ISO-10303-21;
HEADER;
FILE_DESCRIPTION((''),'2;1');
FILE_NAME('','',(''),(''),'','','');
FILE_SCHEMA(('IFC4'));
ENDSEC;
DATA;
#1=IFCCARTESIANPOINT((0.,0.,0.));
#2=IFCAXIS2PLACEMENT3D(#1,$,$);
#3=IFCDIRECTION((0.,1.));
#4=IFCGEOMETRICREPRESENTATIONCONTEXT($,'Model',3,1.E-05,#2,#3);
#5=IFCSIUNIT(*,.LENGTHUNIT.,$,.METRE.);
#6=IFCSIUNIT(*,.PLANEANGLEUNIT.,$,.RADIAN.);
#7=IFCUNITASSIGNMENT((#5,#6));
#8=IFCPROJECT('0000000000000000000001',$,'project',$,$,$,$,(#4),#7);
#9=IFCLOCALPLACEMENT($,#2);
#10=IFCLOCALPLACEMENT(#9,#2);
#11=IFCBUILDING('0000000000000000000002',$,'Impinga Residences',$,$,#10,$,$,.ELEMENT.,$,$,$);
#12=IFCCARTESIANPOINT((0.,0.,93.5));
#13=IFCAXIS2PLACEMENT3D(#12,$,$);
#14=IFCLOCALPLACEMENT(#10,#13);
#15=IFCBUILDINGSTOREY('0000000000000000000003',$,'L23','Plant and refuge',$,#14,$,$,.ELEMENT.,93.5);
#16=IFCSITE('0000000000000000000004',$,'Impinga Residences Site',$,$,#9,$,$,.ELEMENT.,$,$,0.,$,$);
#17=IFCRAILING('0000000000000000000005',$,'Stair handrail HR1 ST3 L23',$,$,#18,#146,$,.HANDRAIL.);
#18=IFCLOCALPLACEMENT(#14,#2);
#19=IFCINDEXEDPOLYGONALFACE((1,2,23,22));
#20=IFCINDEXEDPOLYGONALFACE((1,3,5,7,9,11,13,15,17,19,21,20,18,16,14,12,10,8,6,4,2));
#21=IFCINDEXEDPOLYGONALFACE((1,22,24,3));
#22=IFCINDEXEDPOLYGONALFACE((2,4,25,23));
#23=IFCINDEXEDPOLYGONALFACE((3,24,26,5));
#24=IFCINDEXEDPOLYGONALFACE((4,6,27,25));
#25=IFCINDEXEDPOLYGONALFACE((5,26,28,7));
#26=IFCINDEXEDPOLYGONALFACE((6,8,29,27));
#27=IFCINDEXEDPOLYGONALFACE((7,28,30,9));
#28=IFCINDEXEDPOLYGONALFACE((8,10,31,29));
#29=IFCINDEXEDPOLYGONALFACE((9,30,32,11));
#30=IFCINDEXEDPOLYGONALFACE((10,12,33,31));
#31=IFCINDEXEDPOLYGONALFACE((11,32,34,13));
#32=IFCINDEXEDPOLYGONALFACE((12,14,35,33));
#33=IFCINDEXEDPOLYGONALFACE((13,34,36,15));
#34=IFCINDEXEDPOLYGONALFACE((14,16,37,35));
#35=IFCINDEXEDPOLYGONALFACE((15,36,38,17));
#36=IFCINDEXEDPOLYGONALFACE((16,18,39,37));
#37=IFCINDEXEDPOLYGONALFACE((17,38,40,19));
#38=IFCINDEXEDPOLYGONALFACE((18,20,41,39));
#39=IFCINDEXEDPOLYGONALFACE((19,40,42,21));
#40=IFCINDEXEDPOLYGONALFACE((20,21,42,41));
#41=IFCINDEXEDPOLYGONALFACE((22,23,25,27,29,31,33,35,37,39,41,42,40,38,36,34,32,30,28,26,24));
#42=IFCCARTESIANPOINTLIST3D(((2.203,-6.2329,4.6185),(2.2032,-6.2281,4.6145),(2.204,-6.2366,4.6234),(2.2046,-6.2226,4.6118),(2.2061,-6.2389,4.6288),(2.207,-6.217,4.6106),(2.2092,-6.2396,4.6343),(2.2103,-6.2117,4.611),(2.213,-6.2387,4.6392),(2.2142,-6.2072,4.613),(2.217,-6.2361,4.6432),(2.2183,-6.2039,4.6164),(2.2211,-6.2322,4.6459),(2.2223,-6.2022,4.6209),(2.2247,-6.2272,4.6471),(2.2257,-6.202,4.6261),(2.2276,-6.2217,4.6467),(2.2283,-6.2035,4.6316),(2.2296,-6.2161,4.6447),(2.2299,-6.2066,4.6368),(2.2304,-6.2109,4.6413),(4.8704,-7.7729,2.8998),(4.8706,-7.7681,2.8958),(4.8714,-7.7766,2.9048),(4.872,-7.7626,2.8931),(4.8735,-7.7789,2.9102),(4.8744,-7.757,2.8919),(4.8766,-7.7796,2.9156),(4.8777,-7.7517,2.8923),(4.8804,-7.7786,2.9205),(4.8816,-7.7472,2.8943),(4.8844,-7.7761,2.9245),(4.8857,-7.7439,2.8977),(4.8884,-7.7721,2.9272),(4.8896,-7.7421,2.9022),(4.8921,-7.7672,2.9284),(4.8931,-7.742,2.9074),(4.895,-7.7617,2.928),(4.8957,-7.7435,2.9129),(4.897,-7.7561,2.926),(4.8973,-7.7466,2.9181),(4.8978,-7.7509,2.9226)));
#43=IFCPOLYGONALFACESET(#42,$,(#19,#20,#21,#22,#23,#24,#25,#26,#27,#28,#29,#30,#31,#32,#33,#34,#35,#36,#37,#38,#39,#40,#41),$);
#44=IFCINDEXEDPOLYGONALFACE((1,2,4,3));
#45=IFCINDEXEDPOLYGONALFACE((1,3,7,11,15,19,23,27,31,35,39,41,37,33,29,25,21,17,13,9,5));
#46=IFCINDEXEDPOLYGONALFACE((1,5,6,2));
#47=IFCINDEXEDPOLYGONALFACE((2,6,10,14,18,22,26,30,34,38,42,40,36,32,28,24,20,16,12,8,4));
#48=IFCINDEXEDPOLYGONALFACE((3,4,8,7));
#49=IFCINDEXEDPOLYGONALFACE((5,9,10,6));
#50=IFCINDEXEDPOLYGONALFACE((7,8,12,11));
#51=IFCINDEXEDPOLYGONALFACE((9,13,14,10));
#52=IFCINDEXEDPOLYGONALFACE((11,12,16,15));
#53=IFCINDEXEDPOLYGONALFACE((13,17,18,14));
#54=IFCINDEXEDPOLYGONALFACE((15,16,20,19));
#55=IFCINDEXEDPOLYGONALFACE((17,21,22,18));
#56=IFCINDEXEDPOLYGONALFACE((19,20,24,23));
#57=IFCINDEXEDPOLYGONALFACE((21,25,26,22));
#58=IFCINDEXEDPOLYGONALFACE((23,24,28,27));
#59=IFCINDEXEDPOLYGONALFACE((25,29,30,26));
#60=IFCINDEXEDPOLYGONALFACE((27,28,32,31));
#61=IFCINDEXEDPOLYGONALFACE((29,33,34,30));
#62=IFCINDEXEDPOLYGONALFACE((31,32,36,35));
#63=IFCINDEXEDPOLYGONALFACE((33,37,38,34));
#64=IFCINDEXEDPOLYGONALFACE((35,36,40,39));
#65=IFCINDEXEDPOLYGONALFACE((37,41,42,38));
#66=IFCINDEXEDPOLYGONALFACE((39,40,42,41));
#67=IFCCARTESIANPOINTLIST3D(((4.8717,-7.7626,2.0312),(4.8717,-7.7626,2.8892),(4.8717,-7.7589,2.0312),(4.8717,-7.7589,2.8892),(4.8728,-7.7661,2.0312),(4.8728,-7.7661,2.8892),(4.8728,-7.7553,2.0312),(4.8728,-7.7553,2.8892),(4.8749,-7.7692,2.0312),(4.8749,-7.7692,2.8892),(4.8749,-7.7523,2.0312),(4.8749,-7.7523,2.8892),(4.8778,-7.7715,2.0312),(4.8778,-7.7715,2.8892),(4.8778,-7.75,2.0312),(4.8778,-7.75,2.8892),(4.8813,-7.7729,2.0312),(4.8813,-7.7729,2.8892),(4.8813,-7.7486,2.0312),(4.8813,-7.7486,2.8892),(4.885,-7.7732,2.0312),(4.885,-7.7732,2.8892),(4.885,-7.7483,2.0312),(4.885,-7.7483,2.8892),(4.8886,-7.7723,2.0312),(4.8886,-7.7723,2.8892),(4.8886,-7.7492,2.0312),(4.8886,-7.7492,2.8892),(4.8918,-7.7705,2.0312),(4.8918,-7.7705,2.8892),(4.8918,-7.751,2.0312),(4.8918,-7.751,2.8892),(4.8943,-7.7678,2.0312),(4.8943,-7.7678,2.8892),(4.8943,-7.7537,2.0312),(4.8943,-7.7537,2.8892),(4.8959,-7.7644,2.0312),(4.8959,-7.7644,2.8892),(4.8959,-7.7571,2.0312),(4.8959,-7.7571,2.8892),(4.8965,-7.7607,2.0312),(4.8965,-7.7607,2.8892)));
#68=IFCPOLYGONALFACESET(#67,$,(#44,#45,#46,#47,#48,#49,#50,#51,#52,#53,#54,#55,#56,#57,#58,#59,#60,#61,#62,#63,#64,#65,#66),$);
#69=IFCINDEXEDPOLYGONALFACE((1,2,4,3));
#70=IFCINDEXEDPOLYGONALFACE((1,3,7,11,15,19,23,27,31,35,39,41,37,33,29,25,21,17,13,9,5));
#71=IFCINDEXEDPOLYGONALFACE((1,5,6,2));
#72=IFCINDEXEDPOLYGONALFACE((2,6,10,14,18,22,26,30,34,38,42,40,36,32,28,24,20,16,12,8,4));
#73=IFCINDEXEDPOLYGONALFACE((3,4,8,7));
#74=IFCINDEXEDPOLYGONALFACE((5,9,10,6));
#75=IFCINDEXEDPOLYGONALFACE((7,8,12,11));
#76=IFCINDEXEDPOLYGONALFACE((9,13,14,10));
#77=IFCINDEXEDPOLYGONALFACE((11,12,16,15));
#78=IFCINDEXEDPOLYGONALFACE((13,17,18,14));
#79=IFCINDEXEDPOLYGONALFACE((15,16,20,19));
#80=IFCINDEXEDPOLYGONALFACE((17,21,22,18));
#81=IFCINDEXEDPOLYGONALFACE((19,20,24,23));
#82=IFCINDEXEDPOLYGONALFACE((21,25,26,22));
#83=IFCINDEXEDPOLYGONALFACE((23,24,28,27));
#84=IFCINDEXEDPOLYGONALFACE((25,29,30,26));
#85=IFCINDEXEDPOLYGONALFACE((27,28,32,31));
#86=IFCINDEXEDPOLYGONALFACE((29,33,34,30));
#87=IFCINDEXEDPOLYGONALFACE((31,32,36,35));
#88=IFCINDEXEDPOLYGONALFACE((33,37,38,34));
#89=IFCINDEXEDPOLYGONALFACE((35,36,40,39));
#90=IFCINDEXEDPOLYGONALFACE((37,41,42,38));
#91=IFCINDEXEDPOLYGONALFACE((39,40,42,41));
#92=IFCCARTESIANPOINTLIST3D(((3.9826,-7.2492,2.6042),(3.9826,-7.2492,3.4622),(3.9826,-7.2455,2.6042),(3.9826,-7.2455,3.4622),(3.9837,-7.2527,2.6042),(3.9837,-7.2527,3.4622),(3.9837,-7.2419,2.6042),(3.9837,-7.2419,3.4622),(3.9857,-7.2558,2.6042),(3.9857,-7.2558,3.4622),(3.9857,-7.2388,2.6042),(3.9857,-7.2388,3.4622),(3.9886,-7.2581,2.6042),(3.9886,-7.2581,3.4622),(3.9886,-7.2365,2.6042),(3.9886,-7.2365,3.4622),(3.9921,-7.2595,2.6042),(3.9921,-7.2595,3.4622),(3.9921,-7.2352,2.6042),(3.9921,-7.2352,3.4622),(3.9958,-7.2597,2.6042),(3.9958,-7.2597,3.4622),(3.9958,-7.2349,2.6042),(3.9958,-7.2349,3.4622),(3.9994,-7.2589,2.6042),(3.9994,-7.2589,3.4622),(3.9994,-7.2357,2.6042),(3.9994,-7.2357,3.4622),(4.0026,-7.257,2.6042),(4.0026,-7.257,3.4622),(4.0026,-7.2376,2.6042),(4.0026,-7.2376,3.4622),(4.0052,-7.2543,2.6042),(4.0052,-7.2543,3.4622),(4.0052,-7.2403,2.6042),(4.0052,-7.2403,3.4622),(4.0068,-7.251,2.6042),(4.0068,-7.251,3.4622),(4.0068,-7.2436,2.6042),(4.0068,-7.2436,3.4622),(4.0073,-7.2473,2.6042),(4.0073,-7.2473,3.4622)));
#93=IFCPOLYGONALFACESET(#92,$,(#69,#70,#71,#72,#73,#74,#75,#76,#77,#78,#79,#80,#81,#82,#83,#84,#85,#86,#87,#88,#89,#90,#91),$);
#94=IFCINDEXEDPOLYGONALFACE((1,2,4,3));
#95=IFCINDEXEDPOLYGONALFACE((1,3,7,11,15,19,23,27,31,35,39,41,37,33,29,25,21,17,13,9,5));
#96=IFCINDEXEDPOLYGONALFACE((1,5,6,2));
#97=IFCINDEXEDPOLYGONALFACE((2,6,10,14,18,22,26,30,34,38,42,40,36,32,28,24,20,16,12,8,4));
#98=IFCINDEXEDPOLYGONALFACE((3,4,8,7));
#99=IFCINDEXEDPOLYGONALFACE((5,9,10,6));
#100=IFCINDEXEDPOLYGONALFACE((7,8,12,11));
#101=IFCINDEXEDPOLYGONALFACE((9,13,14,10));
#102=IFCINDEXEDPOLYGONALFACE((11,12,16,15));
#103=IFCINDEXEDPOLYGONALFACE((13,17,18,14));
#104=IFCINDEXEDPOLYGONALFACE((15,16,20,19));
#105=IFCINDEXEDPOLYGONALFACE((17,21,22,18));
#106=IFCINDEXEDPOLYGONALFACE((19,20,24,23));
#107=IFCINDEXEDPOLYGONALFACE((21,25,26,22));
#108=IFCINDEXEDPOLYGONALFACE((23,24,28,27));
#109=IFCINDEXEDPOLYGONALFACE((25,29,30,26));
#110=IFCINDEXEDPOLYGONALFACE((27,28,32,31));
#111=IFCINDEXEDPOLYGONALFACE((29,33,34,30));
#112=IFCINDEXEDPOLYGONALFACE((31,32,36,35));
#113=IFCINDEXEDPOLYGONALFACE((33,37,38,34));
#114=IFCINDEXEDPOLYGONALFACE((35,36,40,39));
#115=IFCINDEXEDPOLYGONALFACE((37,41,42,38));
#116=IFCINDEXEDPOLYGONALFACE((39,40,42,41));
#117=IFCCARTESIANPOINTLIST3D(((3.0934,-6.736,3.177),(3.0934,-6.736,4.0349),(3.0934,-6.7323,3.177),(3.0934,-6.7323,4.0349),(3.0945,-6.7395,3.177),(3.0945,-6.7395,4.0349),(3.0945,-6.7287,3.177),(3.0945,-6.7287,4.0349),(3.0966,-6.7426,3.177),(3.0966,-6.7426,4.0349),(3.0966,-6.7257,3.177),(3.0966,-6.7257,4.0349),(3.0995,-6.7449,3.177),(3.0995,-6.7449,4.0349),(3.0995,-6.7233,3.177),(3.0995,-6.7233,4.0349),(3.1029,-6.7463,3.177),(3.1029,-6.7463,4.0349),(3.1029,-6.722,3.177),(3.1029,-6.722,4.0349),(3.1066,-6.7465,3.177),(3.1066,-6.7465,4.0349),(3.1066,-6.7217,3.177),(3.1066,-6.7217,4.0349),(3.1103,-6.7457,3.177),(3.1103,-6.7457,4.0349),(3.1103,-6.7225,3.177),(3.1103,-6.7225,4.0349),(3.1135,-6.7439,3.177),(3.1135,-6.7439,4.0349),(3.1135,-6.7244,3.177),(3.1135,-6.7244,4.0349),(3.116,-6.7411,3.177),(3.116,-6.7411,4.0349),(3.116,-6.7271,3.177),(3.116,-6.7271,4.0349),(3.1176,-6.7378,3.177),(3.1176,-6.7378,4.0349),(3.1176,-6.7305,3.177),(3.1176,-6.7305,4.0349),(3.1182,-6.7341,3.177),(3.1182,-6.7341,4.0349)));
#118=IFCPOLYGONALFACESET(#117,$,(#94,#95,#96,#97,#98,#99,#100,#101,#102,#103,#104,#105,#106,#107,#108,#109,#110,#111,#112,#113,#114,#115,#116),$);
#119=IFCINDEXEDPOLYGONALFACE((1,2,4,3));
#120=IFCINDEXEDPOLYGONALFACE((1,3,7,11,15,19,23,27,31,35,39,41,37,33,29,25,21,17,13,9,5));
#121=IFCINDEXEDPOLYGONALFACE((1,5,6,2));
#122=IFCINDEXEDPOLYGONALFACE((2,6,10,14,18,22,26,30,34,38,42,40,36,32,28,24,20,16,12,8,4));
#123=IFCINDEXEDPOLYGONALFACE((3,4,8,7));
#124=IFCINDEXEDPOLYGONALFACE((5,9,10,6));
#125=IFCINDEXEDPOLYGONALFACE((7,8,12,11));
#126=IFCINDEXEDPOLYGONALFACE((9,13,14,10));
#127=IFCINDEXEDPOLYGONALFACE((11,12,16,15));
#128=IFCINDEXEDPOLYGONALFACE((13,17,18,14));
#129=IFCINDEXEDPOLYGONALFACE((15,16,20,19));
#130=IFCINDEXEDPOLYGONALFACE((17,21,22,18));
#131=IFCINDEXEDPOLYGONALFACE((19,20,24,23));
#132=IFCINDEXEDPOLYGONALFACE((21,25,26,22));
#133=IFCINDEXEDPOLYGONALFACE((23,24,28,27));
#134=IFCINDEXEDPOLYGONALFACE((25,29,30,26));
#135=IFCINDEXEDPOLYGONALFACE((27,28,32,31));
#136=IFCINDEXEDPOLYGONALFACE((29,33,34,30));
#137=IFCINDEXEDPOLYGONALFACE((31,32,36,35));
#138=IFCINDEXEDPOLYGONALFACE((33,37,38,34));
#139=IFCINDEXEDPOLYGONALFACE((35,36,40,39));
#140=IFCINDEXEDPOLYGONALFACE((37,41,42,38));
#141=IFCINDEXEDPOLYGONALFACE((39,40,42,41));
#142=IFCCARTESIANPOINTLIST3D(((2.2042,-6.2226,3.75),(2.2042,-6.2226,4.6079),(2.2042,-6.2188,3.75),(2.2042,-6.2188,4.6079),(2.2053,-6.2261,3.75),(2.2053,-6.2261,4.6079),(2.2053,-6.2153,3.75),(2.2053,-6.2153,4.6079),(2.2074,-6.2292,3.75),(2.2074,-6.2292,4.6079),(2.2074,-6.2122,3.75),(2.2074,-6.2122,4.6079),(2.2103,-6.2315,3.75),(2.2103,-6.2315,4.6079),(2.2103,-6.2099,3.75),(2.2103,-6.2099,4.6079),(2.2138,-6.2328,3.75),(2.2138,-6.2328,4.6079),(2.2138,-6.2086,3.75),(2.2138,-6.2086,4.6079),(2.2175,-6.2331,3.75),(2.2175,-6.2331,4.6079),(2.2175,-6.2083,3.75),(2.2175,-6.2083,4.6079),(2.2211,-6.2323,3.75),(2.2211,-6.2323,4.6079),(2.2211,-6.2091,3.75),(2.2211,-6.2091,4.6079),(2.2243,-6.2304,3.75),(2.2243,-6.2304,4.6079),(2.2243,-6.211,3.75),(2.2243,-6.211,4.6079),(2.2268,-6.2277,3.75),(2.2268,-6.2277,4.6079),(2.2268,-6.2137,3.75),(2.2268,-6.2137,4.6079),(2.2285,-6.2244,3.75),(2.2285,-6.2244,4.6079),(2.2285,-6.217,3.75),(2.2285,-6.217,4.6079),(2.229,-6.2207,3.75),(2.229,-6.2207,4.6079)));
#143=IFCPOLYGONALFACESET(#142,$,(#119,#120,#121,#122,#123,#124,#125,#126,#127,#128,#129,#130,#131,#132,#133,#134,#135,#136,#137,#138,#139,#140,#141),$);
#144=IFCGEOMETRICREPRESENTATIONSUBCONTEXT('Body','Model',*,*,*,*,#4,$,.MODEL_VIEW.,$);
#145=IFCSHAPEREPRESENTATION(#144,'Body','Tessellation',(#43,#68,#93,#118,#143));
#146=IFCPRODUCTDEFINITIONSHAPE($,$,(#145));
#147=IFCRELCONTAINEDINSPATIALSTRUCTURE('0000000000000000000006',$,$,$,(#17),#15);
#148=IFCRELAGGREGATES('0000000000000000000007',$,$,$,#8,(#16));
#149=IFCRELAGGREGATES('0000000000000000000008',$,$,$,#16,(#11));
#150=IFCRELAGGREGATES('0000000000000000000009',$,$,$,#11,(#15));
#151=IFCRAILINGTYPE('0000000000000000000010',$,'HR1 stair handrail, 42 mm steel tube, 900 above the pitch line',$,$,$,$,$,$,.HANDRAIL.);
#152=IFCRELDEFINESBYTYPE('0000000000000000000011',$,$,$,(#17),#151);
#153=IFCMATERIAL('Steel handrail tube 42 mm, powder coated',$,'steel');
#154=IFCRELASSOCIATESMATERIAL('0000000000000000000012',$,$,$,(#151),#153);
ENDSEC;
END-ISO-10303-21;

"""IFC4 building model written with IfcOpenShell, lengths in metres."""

from ifc_helpers import new_model, si_unit, direction, frame, origin, origin_2d, place, context, subcontext, project, spatial, circle, extrude, material, type_object, element, save


model = new_model("IFC4")

# Units and contexts
model_context = context("Model", 3, precision=1e-05, world=origin(), true_north=direction((0.0, 1.0)))
body_context = subcontext(model_context, "Body", "Model", "MODEL_VIEW")
ifc_project = project(units=[si_unit("LENGTHUNIT", "METRE"), si_unit("PLANEANGLEUNIT", "RADIAN")], contexts=[model_context])

# Site, building, storey
site_placement = place(None, origin())
site = spatial("IfcSite", under=ifc_project, at=site_placement, Name="Impinga Residences Site", CompositionType="ELEMENT", RefElevation=0.0)
building_placement = place(site_placement, origin())
building = spatial("IfcBuilding", under=site, at=building_placement, Name="Impinga Residences", CompositionType="ELEMENT")
storey_placement = place(building_placement, frame((0.0, 0.0, 93.5)))
storey = spatial("IfcBuildingStorey", under=building, at=storey_placement, Name="L23", Description="Plant and refuge", CompositionType="ELEMENT", Elevation=93.5)

# Railing
ifc_material_1 = material(Name="Steel handrail tube 42 mm, powder coated", Category="steel")
railing_type_1 = type_object("IfcRailingType", Name="HR1 stair handrail, 42 mm steel tube, 900 above the pitch line", PredefinedType="HANDRAIL", material=ifc_material_1)
for number, where, name in (
    (1, (4.884, -7.7607, 2.0312), "Stair handrail HR1 ST3 L23"),
):
    element("IfcRailing", number, at=place(storey_placement, frame(where)), inside=storey, type_object=railing_type_1, Name=name, PredefinedType="HANDRAIL", context=body_context, shape_type="SweptSolid", body=[
        extrude(circle(Radius=0.021, at=origin_2d()), frame((0.0, 0.0, 0.8789), z_axis=(-0.756256, 0.436616, 0.487282), x_axis=(-0.499992, -0.86603, 0.0)), (0.0, 0.0, 1.0), 3.5271),
        extrude(circle(Radius=0.0125, at=origin_2d()), origin(), (0.0, 0.0, 1.0), 0.8579),
        extrude(circle(Radius=0.0125, at=origin_2d()), frame((-0.8892, 0.5134, 0.573)), (0.0, 0.0, 1.0), 0.8579),
        extrude(circle(Radius=0.0125, at=origin_2d()), frame((-1.7783, 1.0266, 1.1458)), (0.0, 0.0, 1.0), 0.8579),
        extrude(circle(Radius=0.0125, at=origin_2d()), frame((-2.6675, 1.54, 1.7188)), (0.0, 0.0, 1.0), 0.8579),
    ])

save(model, "model.ifc")
